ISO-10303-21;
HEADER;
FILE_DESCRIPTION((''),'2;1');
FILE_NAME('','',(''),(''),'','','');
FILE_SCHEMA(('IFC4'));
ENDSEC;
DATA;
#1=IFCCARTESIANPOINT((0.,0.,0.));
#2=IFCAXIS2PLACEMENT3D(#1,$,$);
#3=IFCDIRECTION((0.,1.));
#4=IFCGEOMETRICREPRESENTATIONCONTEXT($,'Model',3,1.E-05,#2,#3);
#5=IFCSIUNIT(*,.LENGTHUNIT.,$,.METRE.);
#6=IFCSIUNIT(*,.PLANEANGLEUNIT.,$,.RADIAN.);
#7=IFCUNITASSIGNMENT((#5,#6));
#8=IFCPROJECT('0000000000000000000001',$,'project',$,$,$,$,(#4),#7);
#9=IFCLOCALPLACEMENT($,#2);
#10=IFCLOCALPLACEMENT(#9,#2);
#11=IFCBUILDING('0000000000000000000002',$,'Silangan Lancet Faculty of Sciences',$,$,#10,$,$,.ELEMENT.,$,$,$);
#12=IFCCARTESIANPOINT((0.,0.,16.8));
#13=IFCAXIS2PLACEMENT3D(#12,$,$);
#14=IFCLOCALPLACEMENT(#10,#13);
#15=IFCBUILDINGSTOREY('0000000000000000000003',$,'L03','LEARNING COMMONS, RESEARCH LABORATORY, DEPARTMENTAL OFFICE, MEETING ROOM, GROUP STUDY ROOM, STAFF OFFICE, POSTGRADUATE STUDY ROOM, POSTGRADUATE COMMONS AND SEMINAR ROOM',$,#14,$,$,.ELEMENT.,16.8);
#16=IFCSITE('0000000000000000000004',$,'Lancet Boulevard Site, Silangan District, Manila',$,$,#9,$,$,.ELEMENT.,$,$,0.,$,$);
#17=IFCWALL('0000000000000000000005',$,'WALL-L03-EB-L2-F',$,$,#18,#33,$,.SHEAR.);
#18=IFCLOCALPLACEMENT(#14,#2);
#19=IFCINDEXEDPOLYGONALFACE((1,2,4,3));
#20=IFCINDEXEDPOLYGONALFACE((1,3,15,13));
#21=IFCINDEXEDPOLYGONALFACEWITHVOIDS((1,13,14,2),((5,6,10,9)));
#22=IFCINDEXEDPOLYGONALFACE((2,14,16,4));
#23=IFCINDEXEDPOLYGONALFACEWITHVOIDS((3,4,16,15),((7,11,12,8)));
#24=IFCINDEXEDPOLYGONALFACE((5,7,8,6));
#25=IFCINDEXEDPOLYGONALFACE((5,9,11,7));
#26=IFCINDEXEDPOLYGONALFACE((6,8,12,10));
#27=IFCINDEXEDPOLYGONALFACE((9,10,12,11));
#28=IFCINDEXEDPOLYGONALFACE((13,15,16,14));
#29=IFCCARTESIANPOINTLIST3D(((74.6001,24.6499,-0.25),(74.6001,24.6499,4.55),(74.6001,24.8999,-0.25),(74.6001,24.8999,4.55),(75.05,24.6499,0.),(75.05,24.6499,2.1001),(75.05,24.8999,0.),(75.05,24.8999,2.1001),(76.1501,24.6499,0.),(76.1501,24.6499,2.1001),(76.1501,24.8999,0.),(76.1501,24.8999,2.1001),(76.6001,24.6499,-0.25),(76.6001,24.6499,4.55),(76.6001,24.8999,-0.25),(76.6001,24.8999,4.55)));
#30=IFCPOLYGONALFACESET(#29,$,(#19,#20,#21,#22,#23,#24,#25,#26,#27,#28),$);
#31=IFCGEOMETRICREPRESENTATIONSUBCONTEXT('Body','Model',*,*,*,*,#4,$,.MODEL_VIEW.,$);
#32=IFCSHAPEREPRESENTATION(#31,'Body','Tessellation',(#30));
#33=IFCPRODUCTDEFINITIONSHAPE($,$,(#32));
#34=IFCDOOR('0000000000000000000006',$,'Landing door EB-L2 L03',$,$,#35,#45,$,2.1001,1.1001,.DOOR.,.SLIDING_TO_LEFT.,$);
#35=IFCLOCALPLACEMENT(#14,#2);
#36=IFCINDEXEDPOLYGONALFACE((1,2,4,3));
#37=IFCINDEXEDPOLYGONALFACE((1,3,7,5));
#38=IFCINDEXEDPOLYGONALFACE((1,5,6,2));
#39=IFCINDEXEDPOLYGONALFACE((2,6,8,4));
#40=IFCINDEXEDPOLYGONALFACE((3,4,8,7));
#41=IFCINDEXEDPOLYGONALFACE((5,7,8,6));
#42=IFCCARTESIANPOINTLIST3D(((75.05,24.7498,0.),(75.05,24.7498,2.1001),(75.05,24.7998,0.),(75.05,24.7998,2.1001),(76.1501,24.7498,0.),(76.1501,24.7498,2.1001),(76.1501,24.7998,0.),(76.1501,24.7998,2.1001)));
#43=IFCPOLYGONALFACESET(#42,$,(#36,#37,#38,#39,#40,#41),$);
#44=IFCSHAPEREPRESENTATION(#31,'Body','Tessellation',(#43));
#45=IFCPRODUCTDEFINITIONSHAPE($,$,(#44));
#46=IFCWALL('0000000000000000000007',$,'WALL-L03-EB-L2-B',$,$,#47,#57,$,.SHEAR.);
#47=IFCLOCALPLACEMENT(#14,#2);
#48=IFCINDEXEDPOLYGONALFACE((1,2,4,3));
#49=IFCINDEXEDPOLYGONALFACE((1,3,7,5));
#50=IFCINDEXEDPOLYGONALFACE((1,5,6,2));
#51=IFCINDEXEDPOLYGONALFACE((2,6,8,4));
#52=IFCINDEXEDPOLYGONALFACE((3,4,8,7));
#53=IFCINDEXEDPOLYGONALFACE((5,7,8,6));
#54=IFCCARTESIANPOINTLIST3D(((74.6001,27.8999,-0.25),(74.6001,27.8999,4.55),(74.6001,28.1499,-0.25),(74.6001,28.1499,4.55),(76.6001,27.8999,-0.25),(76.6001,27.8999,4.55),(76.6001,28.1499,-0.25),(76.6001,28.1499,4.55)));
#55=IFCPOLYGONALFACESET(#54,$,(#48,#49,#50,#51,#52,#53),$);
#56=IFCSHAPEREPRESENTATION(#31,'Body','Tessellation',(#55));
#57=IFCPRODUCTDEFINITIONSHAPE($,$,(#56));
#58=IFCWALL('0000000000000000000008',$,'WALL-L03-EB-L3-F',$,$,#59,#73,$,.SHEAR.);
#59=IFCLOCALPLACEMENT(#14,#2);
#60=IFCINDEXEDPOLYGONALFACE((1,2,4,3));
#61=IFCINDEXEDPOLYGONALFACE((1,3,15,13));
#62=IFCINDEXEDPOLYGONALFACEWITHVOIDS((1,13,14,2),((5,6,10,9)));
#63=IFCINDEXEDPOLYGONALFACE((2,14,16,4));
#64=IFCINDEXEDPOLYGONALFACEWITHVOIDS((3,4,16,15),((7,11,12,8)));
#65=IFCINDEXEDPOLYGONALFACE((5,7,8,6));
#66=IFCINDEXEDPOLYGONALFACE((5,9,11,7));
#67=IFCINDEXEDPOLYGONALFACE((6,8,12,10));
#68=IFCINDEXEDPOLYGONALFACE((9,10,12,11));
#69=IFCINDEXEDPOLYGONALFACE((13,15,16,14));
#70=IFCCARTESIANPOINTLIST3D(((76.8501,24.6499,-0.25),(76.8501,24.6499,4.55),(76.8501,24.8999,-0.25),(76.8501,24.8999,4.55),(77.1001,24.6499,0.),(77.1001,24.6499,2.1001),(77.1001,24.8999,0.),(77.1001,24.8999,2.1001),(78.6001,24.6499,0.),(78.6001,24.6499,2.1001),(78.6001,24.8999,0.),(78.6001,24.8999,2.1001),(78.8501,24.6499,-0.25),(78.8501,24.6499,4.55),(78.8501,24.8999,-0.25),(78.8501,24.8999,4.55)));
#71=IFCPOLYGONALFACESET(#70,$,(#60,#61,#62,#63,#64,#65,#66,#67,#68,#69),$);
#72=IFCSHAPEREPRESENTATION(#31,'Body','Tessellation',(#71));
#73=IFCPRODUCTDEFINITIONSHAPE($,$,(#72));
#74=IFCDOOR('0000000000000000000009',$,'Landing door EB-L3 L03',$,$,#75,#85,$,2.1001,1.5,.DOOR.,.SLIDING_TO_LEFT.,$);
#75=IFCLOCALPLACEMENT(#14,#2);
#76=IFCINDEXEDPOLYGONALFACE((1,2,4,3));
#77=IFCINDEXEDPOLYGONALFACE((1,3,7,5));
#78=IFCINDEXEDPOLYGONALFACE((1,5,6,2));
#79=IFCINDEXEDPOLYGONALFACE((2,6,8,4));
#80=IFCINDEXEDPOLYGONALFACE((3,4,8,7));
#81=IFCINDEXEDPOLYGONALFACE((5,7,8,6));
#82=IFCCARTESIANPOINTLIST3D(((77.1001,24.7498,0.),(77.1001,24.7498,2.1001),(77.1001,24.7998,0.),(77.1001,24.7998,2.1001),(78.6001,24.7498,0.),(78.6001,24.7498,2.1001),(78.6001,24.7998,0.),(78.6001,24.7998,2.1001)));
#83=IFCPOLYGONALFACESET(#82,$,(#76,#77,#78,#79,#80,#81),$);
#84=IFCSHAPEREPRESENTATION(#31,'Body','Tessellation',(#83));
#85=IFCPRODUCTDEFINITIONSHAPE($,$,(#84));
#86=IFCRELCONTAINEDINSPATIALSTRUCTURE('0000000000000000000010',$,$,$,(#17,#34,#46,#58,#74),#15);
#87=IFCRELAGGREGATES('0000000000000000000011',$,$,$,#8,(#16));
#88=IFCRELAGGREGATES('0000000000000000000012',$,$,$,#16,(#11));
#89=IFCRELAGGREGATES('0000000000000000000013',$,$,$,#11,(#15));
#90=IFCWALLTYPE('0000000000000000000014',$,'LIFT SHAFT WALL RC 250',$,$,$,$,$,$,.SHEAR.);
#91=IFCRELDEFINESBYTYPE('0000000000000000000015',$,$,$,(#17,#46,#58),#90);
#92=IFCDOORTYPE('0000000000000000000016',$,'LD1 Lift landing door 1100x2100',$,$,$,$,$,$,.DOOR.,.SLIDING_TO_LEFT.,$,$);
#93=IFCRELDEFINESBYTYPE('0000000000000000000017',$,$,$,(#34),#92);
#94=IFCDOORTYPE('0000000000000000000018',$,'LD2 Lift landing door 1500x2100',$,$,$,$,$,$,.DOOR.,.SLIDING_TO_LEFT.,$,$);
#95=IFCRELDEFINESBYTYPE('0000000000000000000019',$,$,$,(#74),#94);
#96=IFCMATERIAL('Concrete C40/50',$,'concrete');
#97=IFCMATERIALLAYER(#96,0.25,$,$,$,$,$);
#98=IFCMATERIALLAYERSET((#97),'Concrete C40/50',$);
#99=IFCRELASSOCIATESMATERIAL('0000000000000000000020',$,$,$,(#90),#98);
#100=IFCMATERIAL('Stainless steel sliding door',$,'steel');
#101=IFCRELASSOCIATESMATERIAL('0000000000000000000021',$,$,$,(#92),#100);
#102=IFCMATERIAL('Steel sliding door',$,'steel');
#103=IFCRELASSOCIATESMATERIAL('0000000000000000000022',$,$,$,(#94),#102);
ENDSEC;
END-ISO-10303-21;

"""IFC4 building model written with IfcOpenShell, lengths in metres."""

from ifc_helpers import new_model, si_unit, direction, frame, frame_2d, origin, place, context, subcontext, project, spatial, rectangle, extrude, material, layer, layer_set, type_object, element, fill, save


model = new_model("IFC4")

# Units and contexts
model_context = context("Model", 3, precision=1e-05, world=origin(), true_north=direction((0.0, 1.0)))
body_context = subcontext(model_context, "Body", "Model", "MODEL_VIEW")
ifc_project = project(units=[si_unit("LENGTHUNIT", "METRE"), si_unit("PLANEANGLEUNIT", "RADIAN")], contexts=[model_context])

# Site, building, storey
site_placement = place(None, origin())
site = spatial("IfcSite", under=ifc_project, at=site_placement, Name="Lancet Boulevard Site, Silangan District, Manila", CompositionType="ELEMENT", RefElevation=0.0)
building_placement = place(site_placement, origin())
building = spatial("IfcBuilding", under=site, at=building_placement, Name="Silangan Lancet Faculty of Sciences", CompositionType="ELEMENT")
storey_placement = place(building_placement, frame((0.0, 0.0, 16.8)))
storey = spatial("IfcBuildingStorey", under=building, at=storey_placement, Name="L03", Description="LEARNING COMMONS, RESEARCH LABORATORY, DEPARTMENTAL OFFICE, MEETING ROOM, GROUP STUDY ROOM, STAFF OFFICE, POSTGRADUATE STUDY ROOM, POSTGRADUATE COMMONS AND SEMINAR ROOM", CompositionType="ELEMENT", Elevation=16.8)

# Shared definitions
ifc_material_1 = material(Name="Concrete C40/50", Category="concrete")
ifc_layer_1 = layer(ifc_material_1, 0.25)
ifc_layer_set_1 = layer_set([ifc_layer_1], Name="Concrete C40/50")
wall_type_1 = type_object("IfcWallType", Name="LIFT SHAFT WALL RC 250", PredefinedType="SHEAR", material=ifc_layer_set_1)

# Shared definitions
ifc_material_2 = material(Name="Stainless steel sliding door", Category="steel")
door_type_1 = type_object("IfcDoorType", Name="LD1 Lift landing door 1100x2100", OperationType="SLIDING_TO_LEFT", PredefinedType="DOOR", material=ifc_material_2)

# Wall, opening, door
wall_1_placement = place(storey_placement, frame((74.6001, 24.7749, -0.25), z_axis=(0.0, 0.0, 1.0), x_axis=(1.0, 0.0, 0.0)))
wall_1 = element("IfcWall", 1, at=wall_1_placement, inside=storey, type_object=wall_type_1, Name="WALL-L03-EB-L2-F", PredefinedType="SHEAR", context=body_context, shape_type="SweptSolid", body=[
    extrude(rectangle(XDim=2.0, YDim=0.25, at=frame_2d((1.0, 0.0))), origin(), (0.0, 0.0, 1.0), 4.8),
])
opening_1_placement = place(wall_1_placement, frame((0.45, 0.0, 0.25)))
opening_1 = element("IfcOpeningElement", 2, at=opening_1_placement, cuts=wall_1, PredefinedType="OPENING", context=body_context, shape_type="SweptSolid", body=[
    extrude(rectangle(XDim=1.1001, YDim=2.1001, at=frame_2d((0.55, 1.05))), frame((0.0, 0.135, 0.0), z_axis=(0.0, -1.0, 0.0), x_axis=(1.0, 0.0, 0.0)), (0.0, 0.0, 1.0), 0.27),
])
door_1_placement = place(opening_1_placement, origin())
door_1 = element("IfcDoor", 3, at=door_1_placement, inside=storey, type_object=door_type_1, Name="Landing door EB-L2 L03", OperationType="SLIDING_TO_LEFT", OverallHeight=2.1001, OverallWidth=1.1001, PredefinedType="DOOR", context=body_context, shape_type="SweptSolid", body=[
    extrude(rectangle(XDim=1.1001, YDim=2.1001, at=frame_2d((0.55, 1.05))), frame((0.0, 0.0249, 0.0), z_axis=(0.0, -1.0, 0.0), x_axis=(1.0, 0.0, 0.0)), (0.0, 0.0, 1.0), 0.05),
])
fill(opening_1, door_1)

# Wall
wall_2_placement = place(storey_placement, frame((74.6001, 28.0249, -0.25), z_axis=(0.0, 0.0, 1.0), x_axis=(1.0, 0.0, 0.0)))
element("IfcWall", 4, at=wall_2_placement, inside=storey, type_object=wall_type_1, Name="WALL-L03-EB-L2-B", PredefinedType="SHEAR", context=body_context, shape_type="SweptSolid", body=[
    extrude(rectangle(XDim=2.0, YDim=0.25, at=frame_2d((1.0, 0.0))), origin(), (0.0, 0.0, 1.0), 4.8),
])

# Wall, opening, door
wall_3_placement = place(storey_placement, frame((76.8501, 24.7749, -0.25), z_axis=(0.0, 0.0, 1.0), x_axis=(1.0, 0.0, 0.0)))
wall_3 = element("IfcWall", 5, at=wall_3_placement, inside=storey, type_object=wall_type_1, Name="WALL-L03-EB-L3-F", PredefinedType="SHEAR", context=body_context, shape_type="SweptSolid", body=[
    extrude(rectangle(XDim=2.0, YDim=0.25, at=frame_2d((1.0, 0.0))), origin(), (0.0, 0.0, 1.0), 4.8),
])
opening_2_placement = place(wall_3_placement, frame((0.25, 0.0, 0.25)))
opening_2 = element("IfcOpeningElement", 6, at=opening_2_placement, cuts=wall_3, PredefinedType="OPENING", context=body_context, shape_type="SweptSolid", body=[
    extrude(rectangle(XDim=1.5, YDim=2.1001, at=frame_2d((0.75, 1.05))), frame((0.0, 0.135, 0.0), z_axis=(0.0, -1.0, 0.0), x_axis=(1.0, 0.0, 0.0)), (0.0, 0.0, 1.0), 0.27),
])
ifc_material_3 = material(Name="Steel sliding door", Category="steel")
door_type_2 = type_object("IfcDoorType", Name="LD2 Lift landing door 1500x2100", OperationType="SLIDING_TO_LEFT", PredefinedType="DOOR", material=ifc_material_3)
door_2_placement = place(opening_2_placement, origin())
door_2 = element("IfcDoor", 7, at=door_2_placement, inside=storey, type_object=door_type_2, Name="Landing door EB-L3 L03", OperationType="SLIDING_TO_LEFT", OverallHeight=2.1001, OverallWidth=1.5, PredefinedType="DOOR", context=body_context, shape_type="SweptSolid", body=[
    extrude(rectangle(XDim=1.5, YDim=2.1001, at=frame_2d((0.75, 1.05))), frame((0.0, 0.0249, 0.0), z_axis=(0.0, -1.0, 0.0), x_axis=(1.0, 0.0, 0.0)), (0.0, 0.0, 1.0), 0.05),
])
fill(opening_2, door_2)

save(model, "model.ifc")
